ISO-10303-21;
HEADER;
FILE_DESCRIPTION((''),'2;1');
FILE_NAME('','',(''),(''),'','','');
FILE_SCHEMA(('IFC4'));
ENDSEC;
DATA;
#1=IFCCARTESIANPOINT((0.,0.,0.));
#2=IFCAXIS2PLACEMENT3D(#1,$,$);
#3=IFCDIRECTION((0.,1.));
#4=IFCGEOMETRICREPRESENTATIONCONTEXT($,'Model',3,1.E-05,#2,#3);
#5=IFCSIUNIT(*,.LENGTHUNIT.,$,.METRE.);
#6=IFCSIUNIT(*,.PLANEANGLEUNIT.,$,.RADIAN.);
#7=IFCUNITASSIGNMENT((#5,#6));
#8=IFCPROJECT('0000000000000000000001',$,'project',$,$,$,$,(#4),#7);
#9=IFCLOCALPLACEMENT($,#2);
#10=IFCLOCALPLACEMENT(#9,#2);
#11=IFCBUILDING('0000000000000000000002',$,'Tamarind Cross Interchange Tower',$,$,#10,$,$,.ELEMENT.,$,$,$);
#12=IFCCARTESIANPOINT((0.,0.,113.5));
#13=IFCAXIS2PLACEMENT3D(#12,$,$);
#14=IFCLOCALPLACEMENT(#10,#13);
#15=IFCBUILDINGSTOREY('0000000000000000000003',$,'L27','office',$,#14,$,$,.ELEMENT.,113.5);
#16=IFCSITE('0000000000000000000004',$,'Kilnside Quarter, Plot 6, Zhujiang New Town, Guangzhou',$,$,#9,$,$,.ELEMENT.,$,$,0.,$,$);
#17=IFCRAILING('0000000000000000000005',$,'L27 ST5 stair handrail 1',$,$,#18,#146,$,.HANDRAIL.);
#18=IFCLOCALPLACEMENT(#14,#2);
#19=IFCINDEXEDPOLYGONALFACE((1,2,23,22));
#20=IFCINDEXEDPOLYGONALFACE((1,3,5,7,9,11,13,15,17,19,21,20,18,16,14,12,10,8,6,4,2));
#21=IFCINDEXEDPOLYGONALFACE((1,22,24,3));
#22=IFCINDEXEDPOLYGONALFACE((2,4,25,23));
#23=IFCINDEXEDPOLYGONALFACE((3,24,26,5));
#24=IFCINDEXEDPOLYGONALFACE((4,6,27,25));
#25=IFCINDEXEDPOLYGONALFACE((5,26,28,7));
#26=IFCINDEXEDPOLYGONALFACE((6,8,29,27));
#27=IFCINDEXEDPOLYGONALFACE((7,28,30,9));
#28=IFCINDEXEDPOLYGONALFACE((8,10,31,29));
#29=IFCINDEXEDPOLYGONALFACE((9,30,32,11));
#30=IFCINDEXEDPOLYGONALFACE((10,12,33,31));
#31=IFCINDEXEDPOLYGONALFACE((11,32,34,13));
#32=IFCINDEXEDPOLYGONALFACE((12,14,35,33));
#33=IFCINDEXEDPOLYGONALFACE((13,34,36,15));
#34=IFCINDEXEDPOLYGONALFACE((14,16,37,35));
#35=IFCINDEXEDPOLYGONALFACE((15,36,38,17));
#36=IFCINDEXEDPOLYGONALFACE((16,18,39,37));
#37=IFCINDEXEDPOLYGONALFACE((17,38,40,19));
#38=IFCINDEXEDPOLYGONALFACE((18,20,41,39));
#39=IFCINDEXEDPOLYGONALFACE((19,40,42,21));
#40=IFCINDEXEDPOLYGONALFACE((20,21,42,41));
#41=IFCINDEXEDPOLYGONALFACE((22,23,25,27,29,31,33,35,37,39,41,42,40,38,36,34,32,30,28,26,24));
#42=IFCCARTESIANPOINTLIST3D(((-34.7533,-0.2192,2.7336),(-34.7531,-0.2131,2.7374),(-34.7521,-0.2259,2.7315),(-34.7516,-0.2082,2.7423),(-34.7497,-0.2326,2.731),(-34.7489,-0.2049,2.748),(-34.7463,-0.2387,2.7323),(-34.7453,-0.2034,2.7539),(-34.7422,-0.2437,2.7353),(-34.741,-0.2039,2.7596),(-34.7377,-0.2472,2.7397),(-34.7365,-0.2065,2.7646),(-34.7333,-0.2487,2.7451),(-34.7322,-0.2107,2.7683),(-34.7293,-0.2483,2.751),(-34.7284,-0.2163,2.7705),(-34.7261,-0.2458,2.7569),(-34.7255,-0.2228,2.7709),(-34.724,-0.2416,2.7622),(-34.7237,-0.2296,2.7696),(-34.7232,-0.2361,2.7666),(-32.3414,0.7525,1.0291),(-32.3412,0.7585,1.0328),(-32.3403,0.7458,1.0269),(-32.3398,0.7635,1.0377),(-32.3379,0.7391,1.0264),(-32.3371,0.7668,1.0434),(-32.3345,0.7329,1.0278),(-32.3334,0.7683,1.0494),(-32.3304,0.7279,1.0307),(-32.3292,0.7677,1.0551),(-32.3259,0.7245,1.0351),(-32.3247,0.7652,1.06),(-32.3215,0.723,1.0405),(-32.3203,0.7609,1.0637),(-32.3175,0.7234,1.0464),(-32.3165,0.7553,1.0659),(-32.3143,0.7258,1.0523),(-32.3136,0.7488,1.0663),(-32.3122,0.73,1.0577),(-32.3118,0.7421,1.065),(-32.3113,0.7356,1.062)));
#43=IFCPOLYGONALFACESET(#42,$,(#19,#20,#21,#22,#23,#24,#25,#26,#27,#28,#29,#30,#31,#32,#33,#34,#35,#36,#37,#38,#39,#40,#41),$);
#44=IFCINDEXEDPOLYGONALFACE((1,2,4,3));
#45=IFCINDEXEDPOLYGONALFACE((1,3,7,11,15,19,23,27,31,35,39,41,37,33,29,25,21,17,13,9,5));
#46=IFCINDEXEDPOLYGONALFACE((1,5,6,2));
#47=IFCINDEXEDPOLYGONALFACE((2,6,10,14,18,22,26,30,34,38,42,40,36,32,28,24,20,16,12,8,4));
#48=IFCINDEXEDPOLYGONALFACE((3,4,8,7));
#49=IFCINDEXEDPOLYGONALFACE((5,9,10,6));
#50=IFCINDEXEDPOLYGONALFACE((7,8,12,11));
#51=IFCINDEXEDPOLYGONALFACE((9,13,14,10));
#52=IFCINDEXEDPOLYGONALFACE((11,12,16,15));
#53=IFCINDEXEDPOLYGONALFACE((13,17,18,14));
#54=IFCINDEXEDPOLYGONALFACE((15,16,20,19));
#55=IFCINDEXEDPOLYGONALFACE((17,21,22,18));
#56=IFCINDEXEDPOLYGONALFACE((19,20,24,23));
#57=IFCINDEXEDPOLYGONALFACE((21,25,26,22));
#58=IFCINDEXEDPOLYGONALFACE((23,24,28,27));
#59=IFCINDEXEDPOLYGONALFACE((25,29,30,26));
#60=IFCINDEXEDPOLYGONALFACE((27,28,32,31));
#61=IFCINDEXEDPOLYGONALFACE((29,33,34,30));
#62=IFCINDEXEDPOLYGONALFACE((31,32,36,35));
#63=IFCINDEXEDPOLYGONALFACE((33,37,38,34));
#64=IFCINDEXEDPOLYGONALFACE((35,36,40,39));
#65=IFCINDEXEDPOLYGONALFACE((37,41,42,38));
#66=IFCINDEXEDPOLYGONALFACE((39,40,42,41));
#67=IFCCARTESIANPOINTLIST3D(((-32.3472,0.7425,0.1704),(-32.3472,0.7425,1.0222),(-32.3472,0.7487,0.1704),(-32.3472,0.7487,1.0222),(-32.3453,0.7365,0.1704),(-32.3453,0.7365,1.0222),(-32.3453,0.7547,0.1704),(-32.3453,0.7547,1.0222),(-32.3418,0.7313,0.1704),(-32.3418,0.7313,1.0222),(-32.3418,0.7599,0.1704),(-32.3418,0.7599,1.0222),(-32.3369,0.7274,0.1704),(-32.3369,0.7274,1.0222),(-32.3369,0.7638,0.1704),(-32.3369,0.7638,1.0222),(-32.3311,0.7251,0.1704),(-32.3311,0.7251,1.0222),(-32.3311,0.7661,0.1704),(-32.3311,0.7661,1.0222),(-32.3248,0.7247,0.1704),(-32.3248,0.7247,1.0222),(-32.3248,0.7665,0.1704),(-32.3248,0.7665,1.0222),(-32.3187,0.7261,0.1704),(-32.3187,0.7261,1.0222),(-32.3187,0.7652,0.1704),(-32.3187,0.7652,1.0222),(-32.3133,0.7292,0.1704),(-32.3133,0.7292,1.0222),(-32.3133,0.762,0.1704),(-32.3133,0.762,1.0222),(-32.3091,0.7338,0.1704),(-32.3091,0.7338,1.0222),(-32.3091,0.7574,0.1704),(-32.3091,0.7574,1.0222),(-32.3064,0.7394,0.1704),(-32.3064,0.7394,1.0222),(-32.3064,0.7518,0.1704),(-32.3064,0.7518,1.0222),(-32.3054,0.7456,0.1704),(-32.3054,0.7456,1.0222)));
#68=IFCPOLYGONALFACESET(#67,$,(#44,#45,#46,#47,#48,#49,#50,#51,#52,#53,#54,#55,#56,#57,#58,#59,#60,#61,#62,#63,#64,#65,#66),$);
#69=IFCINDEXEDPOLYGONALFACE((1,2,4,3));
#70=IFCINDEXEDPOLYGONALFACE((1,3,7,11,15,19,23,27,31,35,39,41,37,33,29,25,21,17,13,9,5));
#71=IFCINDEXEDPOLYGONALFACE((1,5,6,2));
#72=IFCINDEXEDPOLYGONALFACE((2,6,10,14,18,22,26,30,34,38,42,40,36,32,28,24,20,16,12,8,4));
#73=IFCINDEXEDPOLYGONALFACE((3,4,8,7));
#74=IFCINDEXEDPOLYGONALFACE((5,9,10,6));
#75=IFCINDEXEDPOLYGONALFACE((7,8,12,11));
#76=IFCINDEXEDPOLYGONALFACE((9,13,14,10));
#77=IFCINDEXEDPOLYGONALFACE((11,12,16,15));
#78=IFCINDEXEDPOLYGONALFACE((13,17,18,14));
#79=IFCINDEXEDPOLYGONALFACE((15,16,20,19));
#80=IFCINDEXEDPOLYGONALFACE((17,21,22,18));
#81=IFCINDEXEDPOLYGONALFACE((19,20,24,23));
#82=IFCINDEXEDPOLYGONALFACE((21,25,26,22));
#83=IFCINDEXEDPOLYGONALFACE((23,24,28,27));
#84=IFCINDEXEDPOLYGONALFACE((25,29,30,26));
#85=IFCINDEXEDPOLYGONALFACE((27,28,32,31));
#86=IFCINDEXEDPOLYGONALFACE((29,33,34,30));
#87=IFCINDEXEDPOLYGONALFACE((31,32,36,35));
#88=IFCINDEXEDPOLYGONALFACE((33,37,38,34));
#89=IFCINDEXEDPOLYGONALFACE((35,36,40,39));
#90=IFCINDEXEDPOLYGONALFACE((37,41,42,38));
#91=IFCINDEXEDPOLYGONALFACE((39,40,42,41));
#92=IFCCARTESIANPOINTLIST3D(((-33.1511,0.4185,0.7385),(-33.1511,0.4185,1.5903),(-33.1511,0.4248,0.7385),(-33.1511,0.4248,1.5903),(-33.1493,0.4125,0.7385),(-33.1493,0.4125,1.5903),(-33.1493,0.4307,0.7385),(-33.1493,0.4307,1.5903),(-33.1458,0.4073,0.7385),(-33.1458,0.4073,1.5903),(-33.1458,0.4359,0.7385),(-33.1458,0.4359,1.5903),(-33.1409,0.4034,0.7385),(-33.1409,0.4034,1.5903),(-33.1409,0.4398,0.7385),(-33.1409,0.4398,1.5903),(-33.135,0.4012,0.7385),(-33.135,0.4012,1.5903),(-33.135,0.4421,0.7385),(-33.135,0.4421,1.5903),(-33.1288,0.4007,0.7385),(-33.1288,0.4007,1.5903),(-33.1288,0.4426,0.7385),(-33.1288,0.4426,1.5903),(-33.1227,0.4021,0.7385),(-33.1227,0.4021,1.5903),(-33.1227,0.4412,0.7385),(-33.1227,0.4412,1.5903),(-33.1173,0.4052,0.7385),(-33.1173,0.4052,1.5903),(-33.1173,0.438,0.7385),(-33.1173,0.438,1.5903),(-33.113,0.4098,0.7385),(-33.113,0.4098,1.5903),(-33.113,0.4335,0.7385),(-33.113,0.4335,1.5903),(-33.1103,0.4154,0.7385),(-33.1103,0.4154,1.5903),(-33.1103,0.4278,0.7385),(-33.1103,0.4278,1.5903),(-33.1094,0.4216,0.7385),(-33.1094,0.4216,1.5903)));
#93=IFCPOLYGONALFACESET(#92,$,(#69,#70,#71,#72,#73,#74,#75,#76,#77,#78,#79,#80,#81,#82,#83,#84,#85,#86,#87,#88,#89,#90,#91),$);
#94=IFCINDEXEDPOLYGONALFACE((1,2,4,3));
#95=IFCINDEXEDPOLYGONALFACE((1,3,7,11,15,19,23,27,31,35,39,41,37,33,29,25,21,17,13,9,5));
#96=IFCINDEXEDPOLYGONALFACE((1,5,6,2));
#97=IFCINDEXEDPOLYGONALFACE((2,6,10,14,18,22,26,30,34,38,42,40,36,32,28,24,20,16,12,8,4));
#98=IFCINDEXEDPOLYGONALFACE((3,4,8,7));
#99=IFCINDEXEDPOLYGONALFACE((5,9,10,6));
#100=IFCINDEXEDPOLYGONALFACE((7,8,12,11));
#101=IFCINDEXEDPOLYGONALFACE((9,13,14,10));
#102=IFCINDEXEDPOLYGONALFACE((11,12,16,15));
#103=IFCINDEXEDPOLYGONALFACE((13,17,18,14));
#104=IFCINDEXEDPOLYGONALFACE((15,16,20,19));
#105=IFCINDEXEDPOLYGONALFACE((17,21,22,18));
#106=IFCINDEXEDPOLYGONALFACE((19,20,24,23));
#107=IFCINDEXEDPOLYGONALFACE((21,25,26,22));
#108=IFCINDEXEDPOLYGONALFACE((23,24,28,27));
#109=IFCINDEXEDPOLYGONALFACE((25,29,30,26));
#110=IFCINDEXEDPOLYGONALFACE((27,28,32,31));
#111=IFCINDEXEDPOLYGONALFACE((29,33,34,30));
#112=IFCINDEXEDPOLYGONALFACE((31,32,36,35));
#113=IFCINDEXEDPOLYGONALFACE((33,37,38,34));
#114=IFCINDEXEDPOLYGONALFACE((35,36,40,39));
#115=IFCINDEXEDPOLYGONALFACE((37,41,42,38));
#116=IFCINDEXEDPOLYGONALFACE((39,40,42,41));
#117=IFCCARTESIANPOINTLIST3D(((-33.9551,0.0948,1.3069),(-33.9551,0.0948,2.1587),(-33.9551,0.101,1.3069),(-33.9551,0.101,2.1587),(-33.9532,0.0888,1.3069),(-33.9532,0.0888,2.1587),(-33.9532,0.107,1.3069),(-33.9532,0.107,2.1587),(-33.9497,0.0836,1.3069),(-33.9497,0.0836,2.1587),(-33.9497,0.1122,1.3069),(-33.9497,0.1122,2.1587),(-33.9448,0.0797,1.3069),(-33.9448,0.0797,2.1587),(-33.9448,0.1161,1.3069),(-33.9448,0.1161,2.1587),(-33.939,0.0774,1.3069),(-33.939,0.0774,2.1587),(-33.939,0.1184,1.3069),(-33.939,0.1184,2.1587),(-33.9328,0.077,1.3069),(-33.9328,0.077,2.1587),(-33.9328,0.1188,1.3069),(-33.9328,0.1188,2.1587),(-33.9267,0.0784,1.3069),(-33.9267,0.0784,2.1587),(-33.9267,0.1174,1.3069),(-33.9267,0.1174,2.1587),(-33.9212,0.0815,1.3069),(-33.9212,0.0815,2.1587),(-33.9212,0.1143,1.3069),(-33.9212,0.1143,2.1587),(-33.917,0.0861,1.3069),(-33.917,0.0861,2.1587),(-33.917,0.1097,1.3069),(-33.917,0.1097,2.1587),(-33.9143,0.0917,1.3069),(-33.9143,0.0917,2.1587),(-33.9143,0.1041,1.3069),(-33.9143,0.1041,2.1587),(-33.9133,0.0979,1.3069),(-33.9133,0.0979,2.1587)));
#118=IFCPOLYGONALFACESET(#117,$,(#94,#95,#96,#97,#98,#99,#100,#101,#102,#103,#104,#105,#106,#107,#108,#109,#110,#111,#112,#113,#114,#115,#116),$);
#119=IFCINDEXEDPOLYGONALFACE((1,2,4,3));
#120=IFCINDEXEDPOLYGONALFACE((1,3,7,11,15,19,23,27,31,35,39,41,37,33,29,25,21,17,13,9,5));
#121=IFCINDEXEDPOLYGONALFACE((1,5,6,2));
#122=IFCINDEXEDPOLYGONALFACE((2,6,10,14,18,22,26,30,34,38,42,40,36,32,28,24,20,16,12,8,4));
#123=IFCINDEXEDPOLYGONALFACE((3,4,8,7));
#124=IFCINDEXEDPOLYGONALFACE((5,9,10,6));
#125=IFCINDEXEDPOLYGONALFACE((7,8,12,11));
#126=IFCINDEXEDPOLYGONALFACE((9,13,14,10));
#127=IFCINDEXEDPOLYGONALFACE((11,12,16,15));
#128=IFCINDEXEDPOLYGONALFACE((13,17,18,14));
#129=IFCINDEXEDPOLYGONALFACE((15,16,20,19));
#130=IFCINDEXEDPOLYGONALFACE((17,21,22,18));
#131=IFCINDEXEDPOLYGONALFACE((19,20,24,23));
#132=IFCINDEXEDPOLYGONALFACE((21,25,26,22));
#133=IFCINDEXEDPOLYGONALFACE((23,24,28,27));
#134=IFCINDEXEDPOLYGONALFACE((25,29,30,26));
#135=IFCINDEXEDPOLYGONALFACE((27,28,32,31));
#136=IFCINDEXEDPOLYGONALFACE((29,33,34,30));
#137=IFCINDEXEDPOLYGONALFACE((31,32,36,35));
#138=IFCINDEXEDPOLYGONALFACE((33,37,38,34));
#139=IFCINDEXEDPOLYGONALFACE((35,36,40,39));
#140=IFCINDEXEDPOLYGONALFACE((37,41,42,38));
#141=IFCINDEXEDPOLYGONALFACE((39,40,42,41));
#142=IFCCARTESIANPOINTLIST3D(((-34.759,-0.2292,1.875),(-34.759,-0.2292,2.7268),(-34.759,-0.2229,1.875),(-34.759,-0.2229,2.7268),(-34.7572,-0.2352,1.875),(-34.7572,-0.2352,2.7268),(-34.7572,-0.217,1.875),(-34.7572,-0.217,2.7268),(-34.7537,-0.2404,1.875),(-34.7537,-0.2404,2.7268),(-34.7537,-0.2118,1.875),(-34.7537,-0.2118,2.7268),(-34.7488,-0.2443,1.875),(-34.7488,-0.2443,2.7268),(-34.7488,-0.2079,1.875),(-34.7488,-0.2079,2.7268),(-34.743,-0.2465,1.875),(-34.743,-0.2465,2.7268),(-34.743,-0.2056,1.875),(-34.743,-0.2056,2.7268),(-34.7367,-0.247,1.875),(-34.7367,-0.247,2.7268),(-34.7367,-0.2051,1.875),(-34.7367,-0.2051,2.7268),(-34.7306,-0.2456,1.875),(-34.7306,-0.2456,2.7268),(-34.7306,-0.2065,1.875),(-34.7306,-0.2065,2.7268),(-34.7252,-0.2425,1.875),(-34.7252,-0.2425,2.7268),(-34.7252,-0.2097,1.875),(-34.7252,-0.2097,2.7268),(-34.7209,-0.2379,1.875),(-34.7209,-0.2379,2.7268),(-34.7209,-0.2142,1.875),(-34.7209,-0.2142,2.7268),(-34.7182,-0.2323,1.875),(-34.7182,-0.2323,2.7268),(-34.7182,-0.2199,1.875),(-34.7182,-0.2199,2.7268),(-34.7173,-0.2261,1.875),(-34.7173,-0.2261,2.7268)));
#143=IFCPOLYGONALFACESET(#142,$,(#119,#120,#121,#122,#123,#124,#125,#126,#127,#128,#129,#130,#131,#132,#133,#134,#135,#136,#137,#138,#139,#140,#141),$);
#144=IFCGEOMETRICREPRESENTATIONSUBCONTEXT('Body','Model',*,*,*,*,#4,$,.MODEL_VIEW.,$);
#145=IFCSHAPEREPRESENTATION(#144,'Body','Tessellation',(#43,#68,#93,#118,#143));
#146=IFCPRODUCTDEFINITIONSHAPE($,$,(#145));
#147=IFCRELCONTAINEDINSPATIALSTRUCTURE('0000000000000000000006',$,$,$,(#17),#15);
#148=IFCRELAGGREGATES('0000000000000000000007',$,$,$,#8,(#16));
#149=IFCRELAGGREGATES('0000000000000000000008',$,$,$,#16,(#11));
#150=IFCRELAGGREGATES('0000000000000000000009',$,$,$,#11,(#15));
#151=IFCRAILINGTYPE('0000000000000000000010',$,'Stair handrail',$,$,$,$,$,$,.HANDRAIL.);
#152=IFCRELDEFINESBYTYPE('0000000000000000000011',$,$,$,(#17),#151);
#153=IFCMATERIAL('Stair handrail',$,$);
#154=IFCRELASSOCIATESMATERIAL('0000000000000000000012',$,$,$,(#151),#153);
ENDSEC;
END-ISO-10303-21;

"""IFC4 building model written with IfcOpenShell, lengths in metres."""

from ifc_helpers import new_model, si_unit, direction, frame, origin, origin_2d, place, context, subcontext, project, spatial, circle, extrude, material, type_object, element, save


model = new_model("IFC4")

# Units and contexts
model_context = context("Model", 3, precision=1e-05, world=origin(), true_north=direction((0.0, 1.0)))
body_context = subcontext(model_context, "Body", "Model", "MODEL_VIEW")
ifc_project = project(units=[si_unit("LENGTHUNIT", "METRE"), si_unit("PLANEANGLEUNIT", "RADIAN")], contexts=[model_context])

# Site, building, storey
site_placement = place(None, origin())
site = spatial("IfcSite", under=ifc_project, at=site_placement, Name="Kilnside Quarter, Plot 6, Zhujiang New Town, Guangzhou", CompositionType="ELEMENT", RefElevation=0.0)
building_placement = place(site_placement, origin())
building = spatial("IfcBuilding", under=site, at=building_placement, Name="Tamarind Cross Interchange Tower", CompositionType="ELEMENT")
storey_placement = place(building_placement, frame((0.0, 0.0, 113.5)))
storey = spatial("IfcBuildingStorey", under=building, at=storey_placement, Name="L27", Description="office", CompositionType="ELEMENT", Elevation=113.5)

# Railing
ifc_material_1 = material(Name="Stair handrail")
railing_type = type_object("IfcRailingType", Name="Stair handrail", PredefinedType="HANDRAIL", material=ifc_material_1)
railing_placement = place(storey_placement, frame((-32.3264, 0.7456, 0.1704)))
element("IfcRailing", 1, at=railing_placement, inside=storey, type_object=railing_type, Name="L27 ST5 stair handrail 1", PredefinedType="HANDRAIL", context=body_context, shape_type="SweptSolid", body=[
    extrude(circle(Radius=0.0239, at=origin_2d()), frame((0.0, 0.0, 0.876), z_axis=(-0.775729, -0.312522, 0.548248), x_axis=(0.373688, -0.927554, 0.0)), (0.0, 0.0, 1.0), 3.1091),
    extrude(circle(Radius=0.021, at=origin_2d()), origin(), (0.0, 0.0, 1.0), 0.8518),
    extrude(circle(Radius=0.021, at=origin_2d()), frame((-0.804, -0.324, 0.5681)), (0.0, 0.0, 1.0), 0.8518),
    extrude(circle(Radius=0.021, at=origin_2d()), frame((-1.6079, -0.6477, 1.1365)), (0.0, 0.0, 1.0), 0.8518),
    extrude(circle(Radius=0.021, at=origin_2d()), frame((-2.4119, -0.9717, 1.7046)), (0.0, 0.0, 1.0), 0.8518),
])

save(model, "model.ifc")
